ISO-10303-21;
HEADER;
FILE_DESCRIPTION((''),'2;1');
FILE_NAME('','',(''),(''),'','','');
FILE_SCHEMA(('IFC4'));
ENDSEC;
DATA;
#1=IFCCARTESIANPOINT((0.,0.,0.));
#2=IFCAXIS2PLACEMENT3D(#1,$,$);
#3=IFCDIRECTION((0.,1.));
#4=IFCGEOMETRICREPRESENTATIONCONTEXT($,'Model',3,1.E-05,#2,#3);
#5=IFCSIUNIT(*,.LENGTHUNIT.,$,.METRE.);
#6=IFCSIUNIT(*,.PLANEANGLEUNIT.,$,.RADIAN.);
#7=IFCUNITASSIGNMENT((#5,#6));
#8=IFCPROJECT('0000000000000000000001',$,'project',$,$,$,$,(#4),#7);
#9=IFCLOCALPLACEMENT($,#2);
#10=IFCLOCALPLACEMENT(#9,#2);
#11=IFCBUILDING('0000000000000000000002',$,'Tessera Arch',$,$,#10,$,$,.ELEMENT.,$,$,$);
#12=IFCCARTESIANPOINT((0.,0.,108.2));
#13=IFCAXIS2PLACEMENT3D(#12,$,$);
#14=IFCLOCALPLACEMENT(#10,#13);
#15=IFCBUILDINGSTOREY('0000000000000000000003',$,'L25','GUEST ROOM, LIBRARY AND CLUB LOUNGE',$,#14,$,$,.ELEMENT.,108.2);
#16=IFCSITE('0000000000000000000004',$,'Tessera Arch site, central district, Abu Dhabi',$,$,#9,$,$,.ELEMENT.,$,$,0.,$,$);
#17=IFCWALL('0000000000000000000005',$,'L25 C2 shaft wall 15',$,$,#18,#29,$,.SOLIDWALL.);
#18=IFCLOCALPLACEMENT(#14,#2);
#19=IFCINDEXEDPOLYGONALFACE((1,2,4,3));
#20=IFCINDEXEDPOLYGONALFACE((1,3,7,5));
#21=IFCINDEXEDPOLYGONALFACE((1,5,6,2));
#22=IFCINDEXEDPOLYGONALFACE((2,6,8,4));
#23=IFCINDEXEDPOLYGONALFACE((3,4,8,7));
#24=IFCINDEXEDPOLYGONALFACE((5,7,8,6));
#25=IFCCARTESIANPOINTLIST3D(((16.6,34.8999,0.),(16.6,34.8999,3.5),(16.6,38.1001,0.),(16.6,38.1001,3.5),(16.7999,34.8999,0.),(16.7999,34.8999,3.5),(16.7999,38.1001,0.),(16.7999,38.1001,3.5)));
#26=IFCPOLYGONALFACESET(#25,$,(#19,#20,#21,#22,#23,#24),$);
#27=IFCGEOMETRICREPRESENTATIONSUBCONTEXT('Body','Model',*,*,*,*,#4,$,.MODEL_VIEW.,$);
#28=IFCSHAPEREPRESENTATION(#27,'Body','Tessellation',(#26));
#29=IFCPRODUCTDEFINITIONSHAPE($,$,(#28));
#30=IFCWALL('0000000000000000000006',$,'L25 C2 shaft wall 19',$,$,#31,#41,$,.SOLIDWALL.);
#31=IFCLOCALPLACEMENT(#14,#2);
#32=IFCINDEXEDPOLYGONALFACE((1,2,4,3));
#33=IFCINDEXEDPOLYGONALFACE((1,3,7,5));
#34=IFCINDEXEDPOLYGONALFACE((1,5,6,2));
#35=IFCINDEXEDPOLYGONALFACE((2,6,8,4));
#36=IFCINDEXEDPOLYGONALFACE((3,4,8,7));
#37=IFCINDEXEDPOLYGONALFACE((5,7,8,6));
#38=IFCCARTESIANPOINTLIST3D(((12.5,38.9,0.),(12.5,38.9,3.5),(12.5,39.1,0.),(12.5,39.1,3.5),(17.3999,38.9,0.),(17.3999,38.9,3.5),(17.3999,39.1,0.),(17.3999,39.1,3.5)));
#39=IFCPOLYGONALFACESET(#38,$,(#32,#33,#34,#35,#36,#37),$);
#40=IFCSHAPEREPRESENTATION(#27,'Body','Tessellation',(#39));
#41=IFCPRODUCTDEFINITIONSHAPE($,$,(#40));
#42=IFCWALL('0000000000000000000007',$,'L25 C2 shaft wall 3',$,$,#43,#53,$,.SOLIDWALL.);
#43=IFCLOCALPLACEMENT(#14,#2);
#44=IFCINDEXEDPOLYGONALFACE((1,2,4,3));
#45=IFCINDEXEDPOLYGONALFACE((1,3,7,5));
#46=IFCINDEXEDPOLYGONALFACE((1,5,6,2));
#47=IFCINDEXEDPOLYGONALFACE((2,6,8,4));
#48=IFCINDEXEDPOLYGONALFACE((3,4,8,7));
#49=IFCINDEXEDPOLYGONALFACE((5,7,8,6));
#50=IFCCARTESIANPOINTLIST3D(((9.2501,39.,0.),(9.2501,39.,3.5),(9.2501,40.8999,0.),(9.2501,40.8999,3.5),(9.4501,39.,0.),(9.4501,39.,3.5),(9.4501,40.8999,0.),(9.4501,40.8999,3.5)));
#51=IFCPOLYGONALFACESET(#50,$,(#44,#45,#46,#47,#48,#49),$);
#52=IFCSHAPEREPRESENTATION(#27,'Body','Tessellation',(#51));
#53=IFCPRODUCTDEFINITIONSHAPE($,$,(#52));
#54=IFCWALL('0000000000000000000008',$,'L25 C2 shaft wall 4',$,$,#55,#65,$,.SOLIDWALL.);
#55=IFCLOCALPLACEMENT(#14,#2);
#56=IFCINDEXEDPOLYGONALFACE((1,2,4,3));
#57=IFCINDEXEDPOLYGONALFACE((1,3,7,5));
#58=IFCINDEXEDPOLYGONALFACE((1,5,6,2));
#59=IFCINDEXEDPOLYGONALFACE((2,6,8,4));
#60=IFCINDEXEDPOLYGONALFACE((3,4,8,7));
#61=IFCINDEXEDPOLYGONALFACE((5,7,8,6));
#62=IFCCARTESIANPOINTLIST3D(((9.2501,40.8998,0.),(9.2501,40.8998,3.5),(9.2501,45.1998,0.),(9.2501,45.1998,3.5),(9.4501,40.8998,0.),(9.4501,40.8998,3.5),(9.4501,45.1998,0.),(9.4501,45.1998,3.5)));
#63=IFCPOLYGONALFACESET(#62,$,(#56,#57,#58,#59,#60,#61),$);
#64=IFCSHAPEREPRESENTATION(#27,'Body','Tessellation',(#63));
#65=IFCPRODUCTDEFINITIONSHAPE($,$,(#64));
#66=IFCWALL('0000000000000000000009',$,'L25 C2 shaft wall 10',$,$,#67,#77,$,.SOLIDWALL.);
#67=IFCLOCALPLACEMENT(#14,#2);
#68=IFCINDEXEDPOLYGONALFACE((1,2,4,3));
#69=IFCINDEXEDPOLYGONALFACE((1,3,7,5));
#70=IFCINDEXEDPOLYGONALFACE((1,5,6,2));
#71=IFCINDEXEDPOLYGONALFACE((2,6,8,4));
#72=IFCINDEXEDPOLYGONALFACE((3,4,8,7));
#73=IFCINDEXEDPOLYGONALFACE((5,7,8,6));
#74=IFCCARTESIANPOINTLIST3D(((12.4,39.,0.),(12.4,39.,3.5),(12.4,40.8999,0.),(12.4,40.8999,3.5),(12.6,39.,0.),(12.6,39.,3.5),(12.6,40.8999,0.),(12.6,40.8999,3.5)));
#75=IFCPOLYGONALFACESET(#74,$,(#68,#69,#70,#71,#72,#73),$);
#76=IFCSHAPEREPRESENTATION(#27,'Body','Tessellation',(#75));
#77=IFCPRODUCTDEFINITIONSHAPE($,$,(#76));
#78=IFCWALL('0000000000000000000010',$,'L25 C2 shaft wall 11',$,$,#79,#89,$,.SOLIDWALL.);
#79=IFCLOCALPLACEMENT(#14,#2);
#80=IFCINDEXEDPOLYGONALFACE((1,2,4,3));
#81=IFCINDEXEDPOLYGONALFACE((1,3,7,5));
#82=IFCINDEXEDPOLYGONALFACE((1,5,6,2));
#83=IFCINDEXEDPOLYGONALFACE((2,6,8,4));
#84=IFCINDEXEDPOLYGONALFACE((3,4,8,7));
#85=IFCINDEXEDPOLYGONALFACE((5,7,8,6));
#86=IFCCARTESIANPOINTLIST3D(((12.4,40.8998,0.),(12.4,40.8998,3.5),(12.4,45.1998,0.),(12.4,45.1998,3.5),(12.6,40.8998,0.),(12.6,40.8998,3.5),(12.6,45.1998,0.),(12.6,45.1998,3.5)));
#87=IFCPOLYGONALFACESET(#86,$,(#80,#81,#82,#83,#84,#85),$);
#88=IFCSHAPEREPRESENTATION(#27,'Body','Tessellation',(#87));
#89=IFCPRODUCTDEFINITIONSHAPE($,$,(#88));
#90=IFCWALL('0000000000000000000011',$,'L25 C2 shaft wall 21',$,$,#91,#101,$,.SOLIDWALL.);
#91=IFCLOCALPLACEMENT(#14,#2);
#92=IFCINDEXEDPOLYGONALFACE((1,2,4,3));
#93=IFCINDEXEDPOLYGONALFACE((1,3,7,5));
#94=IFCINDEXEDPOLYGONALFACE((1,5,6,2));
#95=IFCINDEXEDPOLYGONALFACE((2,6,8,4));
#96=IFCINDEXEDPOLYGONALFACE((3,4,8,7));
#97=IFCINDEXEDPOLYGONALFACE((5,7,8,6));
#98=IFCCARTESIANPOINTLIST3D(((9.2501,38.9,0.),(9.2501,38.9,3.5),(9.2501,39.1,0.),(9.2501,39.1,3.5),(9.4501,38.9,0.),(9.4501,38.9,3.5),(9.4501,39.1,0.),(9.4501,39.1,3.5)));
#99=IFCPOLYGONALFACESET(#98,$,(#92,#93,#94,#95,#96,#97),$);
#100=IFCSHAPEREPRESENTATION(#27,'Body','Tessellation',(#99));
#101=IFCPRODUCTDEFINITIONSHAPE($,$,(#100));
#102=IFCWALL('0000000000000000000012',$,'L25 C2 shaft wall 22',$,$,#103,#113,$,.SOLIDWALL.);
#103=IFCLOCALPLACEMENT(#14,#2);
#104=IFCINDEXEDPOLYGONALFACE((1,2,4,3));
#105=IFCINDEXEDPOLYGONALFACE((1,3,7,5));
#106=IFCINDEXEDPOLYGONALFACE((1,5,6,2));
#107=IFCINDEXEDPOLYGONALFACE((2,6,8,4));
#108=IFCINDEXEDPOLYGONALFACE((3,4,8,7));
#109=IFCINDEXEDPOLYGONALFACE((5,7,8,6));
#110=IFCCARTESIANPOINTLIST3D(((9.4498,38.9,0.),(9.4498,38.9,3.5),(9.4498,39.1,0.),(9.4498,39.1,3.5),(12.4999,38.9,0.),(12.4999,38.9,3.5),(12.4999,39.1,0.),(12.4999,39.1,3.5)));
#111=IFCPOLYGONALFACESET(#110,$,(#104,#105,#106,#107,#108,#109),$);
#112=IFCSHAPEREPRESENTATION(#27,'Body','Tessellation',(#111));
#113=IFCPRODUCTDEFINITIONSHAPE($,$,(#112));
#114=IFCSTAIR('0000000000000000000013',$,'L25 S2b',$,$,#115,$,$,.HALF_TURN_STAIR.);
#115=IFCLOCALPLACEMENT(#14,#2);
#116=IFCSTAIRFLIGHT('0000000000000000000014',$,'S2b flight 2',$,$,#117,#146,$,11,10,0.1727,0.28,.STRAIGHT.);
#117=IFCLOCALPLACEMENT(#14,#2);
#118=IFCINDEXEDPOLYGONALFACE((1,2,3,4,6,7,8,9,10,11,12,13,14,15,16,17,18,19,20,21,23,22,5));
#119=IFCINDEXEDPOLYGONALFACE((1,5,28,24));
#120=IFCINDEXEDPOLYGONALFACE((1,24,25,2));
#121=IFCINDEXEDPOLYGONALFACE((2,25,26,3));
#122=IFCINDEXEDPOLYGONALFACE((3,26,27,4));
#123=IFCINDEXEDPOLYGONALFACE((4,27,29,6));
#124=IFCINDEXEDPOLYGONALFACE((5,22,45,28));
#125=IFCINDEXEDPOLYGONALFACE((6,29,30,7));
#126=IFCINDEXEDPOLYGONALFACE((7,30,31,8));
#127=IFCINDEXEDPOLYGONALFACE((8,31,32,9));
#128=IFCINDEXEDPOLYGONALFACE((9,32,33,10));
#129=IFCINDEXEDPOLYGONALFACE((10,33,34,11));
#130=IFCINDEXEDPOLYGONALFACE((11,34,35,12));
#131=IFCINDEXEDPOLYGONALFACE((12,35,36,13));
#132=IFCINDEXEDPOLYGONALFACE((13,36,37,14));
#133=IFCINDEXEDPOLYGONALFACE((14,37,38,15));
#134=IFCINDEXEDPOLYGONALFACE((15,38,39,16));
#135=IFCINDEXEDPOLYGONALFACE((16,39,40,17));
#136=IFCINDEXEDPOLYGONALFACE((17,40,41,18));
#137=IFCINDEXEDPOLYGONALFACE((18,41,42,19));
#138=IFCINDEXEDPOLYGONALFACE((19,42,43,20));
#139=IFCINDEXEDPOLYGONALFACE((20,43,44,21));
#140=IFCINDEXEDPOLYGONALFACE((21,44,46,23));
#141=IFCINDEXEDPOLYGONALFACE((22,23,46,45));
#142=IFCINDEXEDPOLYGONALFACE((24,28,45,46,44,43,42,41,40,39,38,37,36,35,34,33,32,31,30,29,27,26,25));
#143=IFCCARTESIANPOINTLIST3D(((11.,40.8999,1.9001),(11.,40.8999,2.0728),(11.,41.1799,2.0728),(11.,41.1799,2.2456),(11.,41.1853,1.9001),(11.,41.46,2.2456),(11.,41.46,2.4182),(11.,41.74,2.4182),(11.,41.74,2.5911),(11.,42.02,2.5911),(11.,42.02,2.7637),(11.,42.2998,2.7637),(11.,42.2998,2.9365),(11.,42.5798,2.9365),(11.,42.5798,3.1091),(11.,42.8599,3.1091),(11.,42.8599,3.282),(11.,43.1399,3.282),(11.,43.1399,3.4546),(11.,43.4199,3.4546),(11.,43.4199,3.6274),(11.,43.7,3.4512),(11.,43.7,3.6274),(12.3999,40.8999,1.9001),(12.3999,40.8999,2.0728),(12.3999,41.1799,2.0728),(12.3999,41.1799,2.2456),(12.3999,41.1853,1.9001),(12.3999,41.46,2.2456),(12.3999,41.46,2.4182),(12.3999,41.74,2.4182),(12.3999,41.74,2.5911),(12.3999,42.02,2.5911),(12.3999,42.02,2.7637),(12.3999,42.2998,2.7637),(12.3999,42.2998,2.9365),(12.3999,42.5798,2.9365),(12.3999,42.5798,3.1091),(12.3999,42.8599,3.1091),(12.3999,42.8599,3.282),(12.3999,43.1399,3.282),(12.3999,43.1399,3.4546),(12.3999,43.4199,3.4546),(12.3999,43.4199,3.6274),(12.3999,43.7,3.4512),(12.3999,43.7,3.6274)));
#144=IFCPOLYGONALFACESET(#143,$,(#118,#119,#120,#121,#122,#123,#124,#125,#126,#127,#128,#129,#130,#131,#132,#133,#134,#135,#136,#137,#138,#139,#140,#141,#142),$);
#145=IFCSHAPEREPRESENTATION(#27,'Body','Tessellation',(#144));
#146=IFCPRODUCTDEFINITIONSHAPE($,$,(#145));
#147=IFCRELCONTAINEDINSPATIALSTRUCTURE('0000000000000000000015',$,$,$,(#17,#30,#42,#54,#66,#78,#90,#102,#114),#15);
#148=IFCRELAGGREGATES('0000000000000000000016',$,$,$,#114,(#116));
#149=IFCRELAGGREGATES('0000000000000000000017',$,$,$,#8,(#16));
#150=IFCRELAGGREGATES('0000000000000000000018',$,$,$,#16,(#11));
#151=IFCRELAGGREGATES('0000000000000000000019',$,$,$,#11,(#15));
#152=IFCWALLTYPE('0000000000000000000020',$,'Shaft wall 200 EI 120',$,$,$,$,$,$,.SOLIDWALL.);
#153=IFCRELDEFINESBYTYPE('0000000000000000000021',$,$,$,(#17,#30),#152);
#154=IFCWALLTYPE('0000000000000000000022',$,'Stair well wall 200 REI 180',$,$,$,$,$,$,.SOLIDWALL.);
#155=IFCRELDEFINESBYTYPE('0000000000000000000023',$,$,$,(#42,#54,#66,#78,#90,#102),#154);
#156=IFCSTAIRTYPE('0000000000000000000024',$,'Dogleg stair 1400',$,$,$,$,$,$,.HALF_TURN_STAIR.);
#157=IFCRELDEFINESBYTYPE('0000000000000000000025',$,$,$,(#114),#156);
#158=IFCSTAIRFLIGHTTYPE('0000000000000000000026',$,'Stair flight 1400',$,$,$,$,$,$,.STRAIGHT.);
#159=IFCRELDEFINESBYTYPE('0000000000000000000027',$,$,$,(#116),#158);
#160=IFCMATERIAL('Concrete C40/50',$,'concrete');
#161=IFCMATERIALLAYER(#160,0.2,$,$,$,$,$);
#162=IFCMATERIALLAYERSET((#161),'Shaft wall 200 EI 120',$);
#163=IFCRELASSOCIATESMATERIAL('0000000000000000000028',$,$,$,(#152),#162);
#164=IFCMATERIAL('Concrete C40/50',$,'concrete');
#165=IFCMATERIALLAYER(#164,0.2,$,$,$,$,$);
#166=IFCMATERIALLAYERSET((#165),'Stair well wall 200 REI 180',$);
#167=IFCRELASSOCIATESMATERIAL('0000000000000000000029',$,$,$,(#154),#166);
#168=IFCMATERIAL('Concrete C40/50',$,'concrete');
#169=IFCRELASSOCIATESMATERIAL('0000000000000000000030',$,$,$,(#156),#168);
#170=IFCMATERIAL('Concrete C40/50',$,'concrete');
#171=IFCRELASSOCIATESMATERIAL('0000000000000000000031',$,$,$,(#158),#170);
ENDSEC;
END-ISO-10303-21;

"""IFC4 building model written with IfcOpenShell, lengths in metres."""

from ifc_helpers import new_model, si_unit, direction, frame, frame_2d, origin, place, context, subcontext, project, spatial, polyline, rectangle, outline, extrude, material, layer, layer_set, type_object, element, aggregate, save


model = new_model("IFC4")

# Units and contexts
model_context = context("Model", 3, precision=1e-05, world=origin(), true_north=direction((0.0, 1.0)))
body_context = subcontext(model_context, "Body", "Model", "MODEL_VIEW")
ifc_project = project(units=[si_unit("LENGTHUNIT", "METRE"), si_unit("PLANEANGLEUNIT", "RADIAN")], contexts=[model_context])

# Site, building, storey
site_placement = place(None, origin())
site = spatial("IfcSite", under=ifc_project, at=site_placement, Name="Tessera Arch site, central district, Abu Dhabi", CompositionType="ELEMENT", RefElevation=0.0)
building_placement = place(site_placement, origin())
building = spatial("IfcBuilding", under=site, at=building_placement, Name="Tessera Arch", CompositionType="ELEMENT")
storey_placement = place(building_placement, frame((0.0, 0.0, 108.2)))
storey = spatial("IfcBuildingStorey", under=building, at=storey_placement, Name="L25", Description="GUEST ROOM, LIBRARY AND CLUB LOUNGE", CompositionType="ELEMENT", Elevation=108.2)

# Walls
ifc_material_1 = material(Name="Concrete C40/50", Category="concrete")
ifc_layer_1 = layer(ifc_material_1, 0.2)
ifc_layer_set_1 = layer_set([ifc_layer_1], Name="Shaft wall 200 EI 120")
wall_type_1 = type_object("IfcWallType", Name="Shaft wall 200 EI 120", PredefinedType="SOLIDWALL", material=ifc_layer_set_1)
wall_1_placement = place(storey_placement, frame((16.7, 34.8999, 0.0), z_axis=(0.0, 0.0, 1.0), x_axis=(0.0, 1.0, 0.0)))
element("IfcWall", 1, at=wall_1_placement, inside=storey, type_object=wall_type_1, Name="L25 C2 shaft wall 15", PredefinedType="SOLIDWALL", context=body_context, shape_type="SweptSolid", body=[
    extrude(rectangle(XDim=3.2002, YDim=0.2, at=frame_2d((1.6001, 0.0))), origin(), (0.0, 0.0, 1.0), 3.5),
])
wall_2_placement = place(storey_placement, frame((12.5, 39.0, 0.0), z_axis=(0.0, 0.0, 1.0), x_axis=(1.0, 0.0, 0.0)))
element("IfcWall", 2, at=wall_2_placement, inside=storey, type_object=wall_type_1, Name="L25 C2 shaft wall 19", PredefinedType="SOLIDWALL", context=body_context, shape_type="SweptSolid", body=[
    extrude(rectangle(XDim=4.8999, YDim=0.2, at=frame_2d((2.45, 0.0))), origin(), (0.0, 0.0, 1.0), 3.5),
])
ifc_material_2 = material(Name="Concrete C40/50", Category="concrete")
ifc_layer_2 = layer(ifc_material_2, 0.2)
ifc_layer_set_2 = layer_set([ifc_layer_2], Name="Stair well wall 200 REI 180")
wall_type_2 = type_object("IfcWallType", Name="Stair well wall 200 REI 180", PredefinedType="SOLIDWALL", material=ifc_layer_set_2)
wall_3_placement = place(storey_placement, frame((9.3501, 39.0, 0.0), z_axis=(0.0, 0.0, 1.0), x_axis=(0.0, 1.0, 0.0)))
element("IfcWall", 3, at=wall_3_placement, inside=storey, type_object=wall_type_2, Name="L25 C2 shaft wall 3", PredefinedType="SOLIDWALL", context=body_context, shape_type="SweptSolid", body=[
    extrude(rectangle(XDim=1.8999, YDim=0.2, at=frame_2d((0.95, 0.0))), origin(), (0.0, 0.0, 1.0), 3.5),
])
wall_4_placement = place(storey_placement, frame((9.3501, 40.8999, 0.0), z_axis=(0.0, 0.0, 1.0), x_axis=(0.0, 1.0, 0.0)))
element("IfcWall", 4, at=wall_4_placement, inside=storey, type_object=wall_type_2, Name="L25 C2 shaft wall 4", PredefinedType="SOLIDWALL", context=body_context, shape_type="SweptSolid", body=[
    extrude(rectangle(XDim=4.3, YDim=0.2, at=frame_2d((2.1499, 0.0))), origin(), (0.0, 0.0, 1.0), 3.5),
])
wall_5_placement = place(storey_placement, frame((12.5, 39.0, 0.0), z_axis=(0.0, 0.0, 1.0), x_axis=(0.0, 1.0, 0.0)))
element("IfcWall", 5, at=wall_5_placement, inside=storey, type_object=wall_type_2, Name="L25 C2 shaft wall 10", PredefinedType="SOLIDWALL", context=body_context, shape_type="SweptSolid", body=[
    extrude(rectangle(XDim=1.8999, YDim=0.2, at=frame_2d((0.95, 0.0))), origin(), (0.0, 0.0, 1.0), 3.5),
])
wall_6_placement = place(storey_placement, frame((12.5, 40.8999, 0.0), z_axis=(0.0, 0.0, 1.0), x_axis=(0.0, 1.0, 0.0)))
element("IfcWall", 6, at=wall_6_placement, inside=storey, type_object=wall_type_2, Name="L25 C2 shaft wall 11", PredefinedType="SOLIDWALL", context=body_context, shape_type="SweptSolid", body=[
    extrude(rectangle(XDim=4.3, YDim=0.2, at=frame_2d((2.1499, 0.0))), origin(), (0.0, 0.0, 1.0), 3.5),
])
wall_7_placement = place(storey_placement, frame((9.25, 39.0, 0.0), z_axis=(0.0, 0.0, 1.0), x_axis=(1.0, 0.0, 0.0)))
element("IfcWall", 7, at=wall_7_placement, inside=storey, type_object=wall_type_2, Name="L25 C2 shaft wall 21", PredefinedType="SOLIDWALL", context=body_context, shape_type="SweptSolid", body=[
    extrude(rectangle(XDim=0.2, YDim=0.2, at=frame_2d((0.1001, 0.0))), origin(), (0.0, 0.0, 1.0), 3.5),
])
wall_8_placement = place(storey_placement, frame((9.45, 39.0, 0.0), z_axis=(0.0, 0.0, 1.0), x_axis=(1.0, 0.0, 0.0)))
element("IfcWall", 8, at=wall_8_placement, inside=storey, type_object=wall_type_2, Name="L25 C2 shaft wall 22", PredefinedType="SOLIDWALL", context=body_context, shape_type="SweptSolid", body=[
    extrude(rectangle(XDim=3.05, YDim=0.2, at=frame_2d((1.5249, 0.0))), origin(), (0.0, 0.0, 1.0), 3.5),
])

# Stair, stair flight
ifc_material_3 = material(Name="Concrete C40/50", Category="concrete")
stair_type = type_object("IfcStairType", Name="Dogleg stair 1400", PredefinedType="HALF_TURN_STAIR", material=ifc_material_3)
stair_placement = place(storey_placement, origin())
stair = element("IfcStair", 9, at=stair_placement, inside=storey, type_object=stair_type, Name="L25 S2b", PredefinedType="HALF_TURN_STAIR")
ifc_material_4 = material(Name="Concrete C40/50", Category="concrete")
stair_flight_type = type_object("IfcStairFlightType", Name="Stair flight 1400", PredefinedType="STRAIGHT", material=ifc_material_4)
stair_flight_placement = place(storey_placement, frame((11.7, 40.8999, 1.9001), z_axis=(0.0, 0.0, 1.0), x_axis=(0.0, 1.0, 0.0)))
stair_flight = element("IfcStairFlight", 10, at=stair_flight_placement, type_object=stair_flight_type, Name="S2b flight 2", NumberOfRisers=11, NumberOfTreads=10, PredefinedType="STRAIGHT", RiserHeight=0.1727, TreadLength=0.28, context=body_context, shape_type="SweptSolid", body=[
    extrude(outline(polyline([(0.0, 0.0), (0.0, 0.1726), (0.28, 0.1726), (0.28, 0.3455), (0.5601, 0.3455), (0.5601, 0.5181), (0.8401, 0.5181), (0.8401, 0.6909), (1.1201, 0.6909), (1.1201, 0.8635), (1.3999, 0.8635), (1.3999, 1.0364), (1.6799, 1.0364), (1.6799, 1.209), (1.96, 1.209), (1.96, 1.3818), (2.24, 1.3818), (2.24, 1.5544), (2.52, 1.5544), (2.52, 1.7273), (2.8, 1.7273), (2.8, 1.8999), (2.8, 1.551), (0.2854, 0.0), (0.0, 0.0)])), frame((0.0, 0.7, 0.0), z_axis=(0.0, -1.0, 0.0), x_axis=(1.0, 0.0, 0.0)), (0.0, 0.0, 1.0), 1.3999),
])
aggregate(stair, [stair_flight])

save(model, "model.ifc")
